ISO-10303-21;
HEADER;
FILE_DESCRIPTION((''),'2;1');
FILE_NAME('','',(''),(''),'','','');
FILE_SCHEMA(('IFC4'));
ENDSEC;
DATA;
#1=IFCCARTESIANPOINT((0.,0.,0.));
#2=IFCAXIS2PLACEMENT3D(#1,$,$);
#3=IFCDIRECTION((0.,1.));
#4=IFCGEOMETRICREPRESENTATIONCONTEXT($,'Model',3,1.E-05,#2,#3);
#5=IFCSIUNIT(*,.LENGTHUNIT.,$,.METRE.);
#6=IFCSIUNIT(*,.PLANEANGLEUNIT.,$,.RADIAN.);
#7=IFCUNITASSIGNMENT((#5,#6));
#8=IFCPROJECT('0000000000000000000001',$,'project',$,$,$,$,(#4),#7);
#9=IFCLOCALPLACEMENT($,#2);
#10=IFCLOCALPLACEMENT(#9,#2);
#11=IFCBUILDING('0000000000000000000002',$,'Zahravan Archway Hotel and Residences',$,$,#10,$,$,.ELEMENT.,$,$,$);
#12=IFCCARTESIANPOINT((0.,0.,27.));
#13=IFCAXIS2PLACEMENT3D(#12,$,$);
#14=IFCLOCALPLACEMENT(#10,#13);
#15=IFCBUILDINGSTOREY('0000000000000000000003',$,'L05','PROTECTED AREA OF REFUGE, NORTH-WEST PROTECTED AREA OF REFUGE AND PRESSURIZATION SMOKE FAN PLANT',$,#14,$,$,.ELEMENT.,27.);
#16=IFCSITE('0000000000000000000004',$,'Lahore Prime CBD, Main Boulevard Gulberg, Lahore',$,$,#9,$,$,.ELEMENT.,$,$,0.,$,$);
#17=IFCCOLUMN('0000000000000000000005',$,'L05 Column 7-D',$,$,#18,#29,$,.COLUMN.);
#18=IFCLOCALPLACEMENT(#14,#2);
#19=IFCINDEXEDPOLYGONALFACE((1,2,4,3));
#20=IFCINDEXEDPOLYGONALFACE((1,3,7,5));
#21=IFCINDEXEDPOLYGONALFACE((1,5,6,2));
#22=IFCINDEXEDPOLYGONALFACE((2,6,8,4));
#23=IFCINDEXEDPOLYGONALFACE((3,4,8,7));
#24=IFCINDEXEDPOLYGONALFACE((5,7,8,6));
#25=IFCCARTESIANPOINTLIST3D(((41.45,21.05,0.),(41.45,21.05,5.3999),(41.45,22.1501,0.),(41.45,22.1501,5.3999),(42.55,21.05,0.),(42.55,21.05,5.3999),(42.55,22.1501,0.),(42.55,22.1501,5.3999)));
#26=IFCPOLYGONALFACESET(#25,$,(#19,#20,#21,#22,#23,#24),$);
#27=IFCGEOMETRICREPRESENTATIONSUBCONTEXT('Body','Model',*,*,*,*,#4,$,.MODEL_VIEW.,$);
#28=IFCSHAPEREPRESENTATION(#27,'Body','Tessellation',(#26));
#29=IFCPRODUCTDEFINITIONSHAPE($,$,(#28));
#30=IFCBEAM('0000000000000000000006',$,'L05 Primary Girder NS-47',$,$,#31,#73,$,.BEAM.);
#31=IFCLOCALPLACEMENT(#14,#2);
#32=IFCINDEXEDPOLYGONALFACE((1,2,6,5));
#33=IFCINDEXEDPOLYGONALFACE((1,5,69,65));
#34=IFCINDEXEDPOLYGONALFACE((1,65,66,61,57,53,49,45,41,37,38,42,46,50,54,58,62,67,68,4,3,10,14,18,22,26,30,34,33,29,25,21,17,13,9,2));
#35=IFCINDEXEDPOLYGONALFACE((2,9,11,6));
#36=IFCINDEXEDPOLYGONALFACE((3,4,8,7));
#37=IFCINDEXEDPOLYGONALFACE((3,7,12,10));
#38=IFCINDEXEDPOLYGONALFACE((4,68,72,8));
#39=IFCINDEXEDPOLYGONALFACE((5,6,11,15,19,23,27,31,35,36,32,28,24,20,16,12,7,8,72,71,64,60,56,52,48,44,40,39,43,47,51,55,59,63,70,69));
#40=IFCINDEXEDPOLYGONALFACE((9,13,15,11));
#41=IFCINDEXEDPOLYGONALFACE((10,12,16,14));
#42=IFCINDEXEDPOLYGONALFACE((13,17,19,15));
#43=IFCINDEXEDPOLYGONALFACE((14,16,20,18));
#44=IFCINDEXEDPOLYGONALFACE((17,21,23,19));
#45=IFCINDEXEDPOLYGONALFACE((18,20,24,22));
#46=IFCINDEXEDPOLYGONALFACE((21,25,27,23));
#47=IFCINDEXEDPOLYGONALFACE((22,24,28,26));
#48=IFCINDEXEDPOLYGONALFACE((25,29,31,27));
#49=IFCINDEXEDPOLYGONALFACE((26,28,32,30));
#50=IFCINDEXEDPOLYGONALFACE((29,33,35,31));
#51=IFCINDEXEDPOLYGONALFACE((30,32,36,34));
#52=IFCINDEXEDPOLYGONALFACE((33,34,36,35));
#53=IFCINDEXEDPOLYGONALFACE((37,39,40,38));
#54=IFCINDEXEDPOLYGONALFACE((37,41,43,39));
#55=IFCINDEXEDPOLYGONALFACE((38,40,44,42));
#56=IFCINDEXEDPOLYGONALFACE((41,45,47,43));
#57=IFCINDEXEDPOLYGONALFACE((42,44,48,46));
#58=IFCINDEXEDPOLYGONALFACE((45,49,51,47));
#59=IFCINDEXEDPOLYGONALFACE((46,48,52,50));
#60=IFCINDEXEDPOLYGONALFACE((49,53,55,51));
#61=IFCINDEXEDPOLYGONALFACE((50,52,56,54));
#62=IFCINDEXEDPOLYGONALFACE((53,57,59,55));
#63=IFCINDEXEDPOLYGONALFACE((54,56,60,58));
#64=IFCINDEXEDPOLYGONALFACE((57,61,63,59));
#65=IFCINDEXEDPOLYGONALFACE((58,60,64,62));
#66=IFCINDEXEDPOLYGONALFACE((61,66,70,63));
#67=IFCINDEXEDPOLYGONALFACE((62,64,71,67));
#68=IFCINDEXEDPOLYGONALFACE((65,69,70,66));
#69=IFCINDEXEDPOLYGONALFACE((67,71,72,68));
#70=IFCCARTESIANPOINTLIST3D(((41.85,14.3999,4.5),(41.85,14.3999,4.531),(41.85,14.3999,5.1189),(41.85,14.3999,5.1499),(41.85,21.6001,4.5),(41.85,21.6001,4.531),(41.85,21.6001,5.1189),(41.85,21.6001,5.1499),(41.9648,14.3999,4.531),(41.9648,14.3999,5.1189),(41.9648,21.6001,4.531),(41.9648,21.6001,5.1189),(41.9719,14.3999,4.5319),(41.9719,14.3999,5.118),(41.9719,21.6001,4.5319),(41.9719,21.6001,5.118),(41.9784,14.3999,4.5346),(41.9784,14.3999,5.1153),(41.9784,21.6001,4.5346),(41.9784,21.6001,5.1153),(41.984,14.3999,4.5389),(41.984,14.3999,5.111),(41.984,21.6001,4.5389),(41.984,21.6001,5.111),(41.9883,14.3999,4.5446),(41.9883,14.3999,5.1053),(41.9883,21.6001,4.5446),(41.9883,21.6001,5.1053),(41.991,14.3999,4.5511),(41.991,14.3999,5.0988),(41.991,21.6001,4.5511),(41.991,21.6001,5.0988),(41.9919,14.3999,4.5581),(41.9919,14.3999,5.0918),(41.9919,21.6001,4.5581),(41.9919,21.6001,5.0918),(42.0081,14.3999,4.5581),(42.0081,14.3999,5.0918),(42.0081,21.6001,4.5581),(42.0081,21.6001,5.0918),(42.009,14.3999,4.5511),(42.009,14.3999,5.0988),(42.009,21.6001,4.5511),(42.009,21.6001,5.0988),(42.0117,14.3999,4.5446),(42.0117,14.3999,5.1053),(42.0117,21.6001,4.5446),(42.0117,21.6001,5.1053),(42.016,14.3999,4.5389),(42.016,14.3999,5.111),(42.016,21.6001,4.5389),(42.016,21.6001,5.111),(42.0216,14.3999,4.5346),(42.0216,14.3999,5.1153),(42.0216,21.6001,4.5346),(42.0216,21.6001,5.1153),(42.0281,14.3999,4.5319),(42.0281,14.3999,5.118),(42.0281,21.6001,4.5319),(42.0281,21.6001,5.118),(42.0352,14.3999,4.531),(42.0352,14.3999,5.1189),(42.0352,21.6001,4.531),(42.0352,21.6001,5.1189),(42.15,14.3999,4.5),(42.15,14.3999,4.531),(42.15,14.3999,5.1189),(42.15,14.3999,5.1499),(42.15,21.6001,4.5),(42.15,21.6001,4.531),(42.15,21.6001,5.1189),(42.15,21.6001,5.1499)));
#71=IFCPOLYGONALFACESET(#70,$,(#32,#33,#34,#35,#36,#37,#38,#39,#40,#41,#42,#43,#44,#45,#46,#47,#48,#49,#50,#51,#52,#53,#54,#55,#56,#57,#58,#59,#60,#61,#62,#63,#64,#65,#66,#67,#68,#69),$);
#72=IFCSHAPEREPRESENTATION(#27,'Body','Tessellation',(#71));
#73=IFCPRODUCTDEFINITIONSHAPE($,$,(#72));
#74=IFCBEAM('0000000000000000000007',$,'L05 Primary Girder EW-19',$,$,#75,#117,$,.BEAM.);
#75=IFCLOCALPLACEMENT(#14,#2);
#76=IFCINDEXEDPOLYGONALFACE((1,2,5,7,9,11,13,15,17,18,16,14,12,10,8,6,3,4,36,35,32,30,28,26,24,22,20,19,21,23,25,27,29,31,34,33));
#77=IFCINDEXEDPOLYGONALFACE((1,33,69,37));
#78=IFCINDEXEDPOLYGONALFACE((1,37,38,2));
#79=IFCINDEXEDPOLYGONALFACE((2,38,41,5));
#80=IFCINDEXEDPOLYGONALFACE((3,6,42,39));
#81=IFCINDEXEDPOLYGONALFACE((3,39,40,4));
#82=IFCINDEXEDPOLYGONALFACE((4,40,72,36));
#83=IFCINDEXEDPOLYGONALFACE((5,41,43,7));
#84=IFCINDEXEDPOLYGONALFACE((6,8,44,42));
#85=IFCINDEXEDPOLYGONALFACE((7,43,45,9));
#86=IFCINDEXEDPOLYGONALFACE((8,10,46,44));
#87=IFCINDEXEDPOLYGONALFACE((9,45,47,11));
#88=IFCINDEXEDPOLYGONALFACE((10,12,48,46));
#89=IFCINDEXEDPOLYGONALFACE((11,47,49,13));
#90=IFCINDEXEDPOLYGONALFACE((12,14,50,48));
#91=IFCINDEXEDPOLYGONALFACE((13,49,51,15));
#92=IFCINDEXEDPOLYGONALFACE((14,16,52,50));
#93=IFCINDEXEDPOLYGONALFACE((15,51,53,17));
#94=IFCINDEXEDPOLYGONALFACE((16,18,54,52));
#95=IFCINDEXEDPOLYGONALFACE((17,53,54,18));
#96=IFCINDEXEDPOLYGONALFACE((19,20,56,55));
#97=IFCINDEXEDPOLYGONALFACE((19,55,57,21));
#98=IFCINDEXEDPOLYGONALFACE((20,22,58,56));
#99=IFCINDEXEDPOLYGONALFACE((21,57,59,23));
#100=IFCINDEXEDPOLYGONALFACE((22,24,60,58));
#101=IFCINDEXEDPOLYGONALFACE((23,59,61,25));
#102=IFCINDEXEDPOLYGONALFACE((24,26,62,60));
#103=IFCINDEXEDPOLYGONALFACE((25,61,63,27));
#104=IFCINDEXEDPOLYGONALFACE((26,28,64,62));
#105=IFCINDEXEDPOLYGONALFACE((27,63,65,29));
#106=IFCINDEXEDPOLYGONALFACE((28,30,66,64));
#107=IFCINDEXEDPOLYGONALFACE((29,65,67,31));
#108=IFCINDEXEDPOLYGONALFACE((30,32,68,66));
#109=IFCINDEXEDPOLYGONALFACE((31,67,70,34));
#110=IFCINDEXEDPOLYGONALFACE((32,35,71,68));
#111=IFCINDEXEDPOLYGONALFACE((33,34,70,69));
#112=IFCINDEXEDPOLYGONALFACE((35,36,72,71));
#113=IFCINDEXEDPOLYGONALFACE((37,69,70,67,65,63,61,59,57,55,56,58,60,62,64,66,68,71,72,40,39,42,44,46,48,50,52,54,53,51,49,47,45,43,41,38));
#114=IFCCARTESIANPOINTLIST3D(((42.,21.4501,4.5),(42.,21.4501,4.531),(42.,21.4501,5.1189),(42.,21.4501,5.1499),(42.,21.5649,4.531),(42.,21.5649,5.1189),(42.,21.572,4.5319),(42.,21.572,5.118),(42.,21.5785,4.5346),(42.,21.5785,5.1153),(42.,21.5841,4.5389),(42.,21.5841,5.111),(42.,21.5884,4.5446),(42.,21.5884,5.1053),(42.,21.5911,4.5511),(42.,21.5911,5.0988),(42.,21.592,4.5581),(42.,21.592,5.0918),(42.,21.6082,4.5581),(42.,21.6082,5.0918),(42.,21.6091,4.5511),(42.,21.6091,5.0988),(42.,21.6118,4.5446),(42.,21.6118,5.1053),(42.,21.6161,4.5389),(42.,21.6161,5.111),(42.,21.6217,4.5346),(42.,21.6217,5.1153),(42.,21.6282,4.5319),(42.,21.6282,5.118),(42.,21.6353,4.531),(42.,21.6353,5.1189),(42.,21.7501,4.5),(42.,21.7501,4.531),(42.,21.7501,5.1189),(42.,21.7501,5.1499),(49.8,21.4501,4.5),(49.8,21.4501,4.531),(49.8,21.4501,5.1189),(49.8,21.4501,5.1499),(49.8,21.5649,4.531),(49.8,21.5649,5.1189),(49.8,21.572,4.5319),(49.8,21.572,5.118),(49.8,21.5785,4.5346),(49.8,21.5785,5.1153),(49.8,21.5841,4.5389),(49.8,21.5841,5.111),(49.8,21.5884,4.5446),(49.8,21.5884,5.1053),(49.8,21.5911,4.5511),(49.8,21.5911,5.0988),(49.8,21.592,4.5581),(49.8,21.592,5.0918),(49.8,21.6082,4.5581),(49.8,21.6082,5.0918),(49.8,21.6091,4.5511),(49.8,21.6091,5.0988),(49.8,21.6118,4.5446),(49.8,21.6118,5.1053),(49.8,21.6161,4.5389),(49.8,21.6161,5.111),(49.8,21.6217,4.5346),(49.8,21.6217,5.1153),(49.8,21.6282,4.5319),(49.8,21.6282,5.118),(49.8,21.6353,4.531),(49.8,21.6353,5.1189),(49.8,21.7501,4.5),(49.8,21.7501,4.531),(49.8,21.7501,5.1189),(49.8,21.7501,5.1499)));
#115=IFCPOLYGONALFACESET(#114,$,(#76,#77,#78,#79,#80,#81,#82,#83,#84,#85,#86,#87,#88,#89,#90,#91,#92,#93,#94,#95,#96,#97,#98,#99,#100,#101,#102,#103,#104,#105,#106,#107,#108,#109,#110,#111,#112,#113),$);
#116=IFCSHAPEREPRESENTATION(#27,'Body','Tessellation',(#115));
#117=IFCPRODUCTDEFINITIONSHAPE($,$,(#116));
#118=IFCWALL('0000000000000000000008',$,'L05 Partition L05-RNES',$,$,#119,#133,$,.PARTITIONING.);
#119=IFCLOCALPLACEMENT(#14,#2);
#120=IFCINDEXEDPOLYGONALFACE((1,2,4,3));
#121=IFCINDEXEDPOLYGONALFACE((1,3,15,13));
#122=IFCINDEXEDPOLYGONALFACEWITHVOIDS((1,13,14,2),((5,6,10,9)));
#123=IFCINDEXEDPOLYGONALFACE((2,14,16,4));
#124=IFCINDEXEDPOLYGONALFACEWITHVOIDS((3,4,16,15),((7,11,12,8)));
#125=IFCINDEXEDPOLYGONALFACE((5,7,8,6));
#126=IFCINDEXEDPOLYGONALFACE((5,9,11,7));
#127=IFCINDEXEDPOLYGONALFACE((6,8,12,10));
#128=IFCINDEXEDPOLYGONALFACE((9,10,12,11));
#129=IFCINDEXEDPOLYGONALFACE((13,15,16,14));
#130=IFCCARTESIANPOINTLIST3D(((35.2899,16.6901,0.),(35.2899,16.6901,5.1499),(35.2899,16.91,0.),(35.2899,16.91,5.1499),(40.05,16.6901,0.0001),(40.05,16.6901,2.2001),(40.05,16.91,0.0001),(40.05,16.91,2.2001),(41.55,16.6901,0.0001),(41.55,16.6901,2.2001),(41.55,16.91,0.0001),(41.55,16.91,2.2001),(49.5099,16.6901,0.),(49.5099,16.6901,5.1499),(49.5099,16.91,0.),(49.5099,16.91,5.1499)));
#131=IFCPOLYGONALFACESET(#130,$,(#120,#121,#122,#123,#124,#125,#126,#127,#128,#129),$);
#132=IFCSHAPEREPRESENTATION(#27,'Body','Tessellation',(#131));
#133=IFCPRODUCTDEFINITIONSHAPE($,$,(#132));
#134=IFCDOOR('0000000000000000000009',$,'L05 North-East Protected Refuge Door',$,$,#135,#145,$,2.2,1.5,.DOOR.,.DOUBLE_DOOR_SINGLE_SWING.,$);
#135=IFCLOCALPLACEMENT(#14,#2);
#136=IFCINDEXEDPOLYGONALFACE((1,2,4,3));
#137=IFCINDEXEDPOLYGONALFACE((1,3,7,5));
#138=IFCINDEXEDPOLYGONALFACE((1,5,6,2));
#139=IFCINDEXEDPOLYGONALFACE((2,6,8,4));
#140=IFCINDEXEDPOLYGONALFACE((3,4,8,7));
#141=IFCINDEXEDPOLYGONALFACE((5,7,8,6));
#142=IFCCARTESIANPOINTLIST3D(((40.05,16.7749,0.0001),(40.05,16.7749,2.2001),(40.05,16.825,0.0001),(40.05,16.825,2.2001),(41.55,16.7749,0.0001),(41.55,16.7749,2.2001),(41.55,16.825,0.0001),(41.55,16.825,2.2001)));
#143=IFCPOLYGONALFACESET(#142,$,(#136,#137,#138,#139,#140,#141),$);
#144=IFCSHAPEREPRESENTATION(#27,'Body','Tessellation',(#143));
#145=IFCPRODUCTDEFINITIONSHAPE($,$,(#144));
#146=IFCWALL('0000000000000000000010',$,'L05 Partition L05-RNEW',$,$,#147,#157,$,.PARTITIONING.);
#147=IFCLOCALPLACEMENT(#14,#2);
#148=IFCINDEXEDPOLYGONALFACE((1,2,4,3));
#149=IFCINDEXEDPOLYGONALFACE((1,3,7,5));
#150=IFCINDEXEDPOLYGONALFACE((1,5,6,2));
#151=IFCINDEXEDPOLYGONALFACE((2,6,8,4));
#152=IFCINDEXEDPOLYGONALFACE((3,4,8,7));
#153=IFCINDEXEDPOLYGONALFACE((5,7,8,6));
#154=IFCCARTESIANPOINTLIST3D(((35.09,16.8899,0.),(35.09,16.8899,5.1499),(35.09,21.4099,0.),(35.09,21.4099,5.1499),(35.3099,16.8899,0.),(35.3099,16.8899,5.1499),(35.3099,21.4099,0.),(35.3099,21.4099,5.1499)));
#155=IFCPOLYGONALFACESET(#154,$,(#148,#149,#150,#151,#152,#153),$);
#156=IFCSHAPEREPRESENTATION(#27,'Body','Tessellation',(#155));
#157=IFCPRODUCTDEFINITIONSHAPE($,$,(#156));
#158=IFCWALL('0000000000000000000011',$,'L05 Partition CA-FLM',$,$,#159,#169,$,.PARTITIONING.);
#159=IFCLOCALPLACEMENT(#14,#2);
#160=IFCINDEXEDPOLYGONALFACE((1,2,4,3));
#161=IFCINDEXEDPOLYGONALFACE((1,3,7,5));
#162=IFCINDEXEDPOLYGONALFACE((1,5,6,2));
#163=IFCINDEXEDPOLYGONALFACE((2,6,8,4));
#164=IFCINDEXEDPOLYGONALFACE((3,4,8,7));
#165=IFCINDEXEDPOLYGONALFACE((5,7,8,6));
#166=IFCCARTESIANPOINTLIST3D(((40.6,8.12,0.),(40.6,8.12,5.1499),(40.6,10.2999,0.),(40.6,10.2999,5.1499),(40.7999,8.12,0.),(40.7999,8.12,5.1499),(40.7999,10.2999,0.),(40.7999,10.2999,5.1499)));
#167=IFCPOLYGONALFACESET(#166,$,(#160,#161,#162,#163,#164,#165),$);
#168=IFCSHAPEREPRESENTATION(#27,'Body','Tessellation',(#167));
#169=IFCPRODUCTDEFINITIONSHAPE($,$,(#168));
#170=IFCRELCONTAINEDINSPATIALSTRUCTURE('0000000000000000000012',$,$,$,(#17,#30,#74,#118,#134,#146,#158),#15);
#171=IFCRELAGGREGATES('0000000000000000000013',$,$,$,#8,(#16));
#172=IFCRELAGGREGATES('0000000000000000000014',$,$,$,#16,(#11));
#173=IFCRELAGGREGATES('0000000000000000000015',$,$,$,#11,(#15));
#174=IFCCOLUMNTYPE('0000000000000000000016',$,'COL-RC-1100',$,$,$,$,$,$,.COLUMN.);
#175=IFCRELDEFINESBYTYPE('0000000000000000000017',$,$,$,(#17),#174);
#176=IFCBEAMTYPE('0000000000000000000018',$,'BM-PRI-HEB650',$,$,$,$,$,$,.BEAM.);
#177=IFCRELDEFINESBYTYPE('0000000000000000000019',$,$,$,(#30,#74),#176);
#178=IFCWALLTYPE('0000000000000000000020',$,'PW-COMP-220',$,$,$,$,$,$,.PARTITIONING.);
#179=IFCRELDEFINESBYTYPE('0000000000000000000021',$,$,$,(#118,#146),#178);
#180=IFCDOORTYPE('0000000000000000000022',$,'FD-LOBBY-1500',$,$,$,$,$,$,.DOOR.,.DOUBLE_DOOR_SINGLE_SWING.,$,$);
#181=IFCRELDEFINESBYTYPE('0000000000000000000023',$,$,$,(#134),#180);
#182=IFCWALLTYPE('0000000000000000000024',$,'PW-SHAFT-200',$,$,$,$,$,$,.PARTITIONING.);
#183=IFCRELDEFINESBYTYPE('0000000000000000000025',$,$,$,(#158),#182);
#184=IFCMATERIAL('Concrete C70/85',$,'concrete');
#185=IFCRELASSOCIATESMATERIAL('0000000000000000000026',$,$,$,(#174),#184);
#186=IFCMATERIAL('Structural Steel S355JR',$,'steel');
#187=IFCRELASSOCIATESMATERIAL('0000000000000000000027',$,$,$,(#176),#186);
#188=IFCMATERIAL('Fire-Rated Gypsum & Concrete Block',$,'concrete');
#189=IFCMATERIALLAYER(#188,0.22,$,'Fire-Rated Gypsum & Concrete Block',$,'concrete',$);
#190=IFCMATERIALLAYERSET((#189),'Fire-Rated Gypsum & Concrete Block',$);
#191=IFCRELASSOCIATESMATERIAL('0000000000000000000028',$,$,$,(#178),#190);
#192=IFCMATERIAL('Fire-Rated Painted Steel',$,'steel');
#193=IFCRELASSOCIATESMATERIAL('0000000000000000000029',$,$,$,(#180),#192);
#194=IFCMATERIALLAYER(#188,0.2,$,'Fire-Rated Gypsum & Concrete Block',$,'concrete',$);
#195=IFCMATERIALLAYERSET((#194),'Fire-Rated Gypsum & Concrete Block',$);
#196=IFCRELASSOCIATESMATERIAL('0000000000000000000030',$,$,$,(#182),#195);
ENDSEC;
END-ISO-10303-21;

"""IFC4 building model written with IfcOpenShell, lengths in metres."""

from ifc_helpers import new_model, si_unit, direction, frame, frame_2d, origin, origin_2d, place, context, subcontext, project, spatial, rectangle, i_section, extrude, source, transform, mapped, material, layer, layer_set, material_profile, profile_set, type_object, type_shapes, element, fill, save


model = new_model("IFC4")

# Units and contexts
model_context = context("Model", 3, precision=1e-05, world=origin(), true_north=direction((0.0, 1.0)))
body_context = subcontext(model_context, "Body", "Model", "MODEL_VIEW")
ifc_project = project(units=[si_unit("LENGTHUNIT", "METRE"), si_unit("PLANEANGLEUNIT", "RADIAN")], contexts=[model_context])

# Site, building, storey
site_placement = place(None, origin())
site = spatial("IfcSite", under=ifc_project, at=site_placement, Name="Lahore Prime CBD, Main Boulevard Gulberg, Lahore", CompositionType="ELEMENT", RefElevation=0.0)
building_placement = place(site_placement, origin())
building = spatial("IfcBuilding", under=site, at=building_placement, Name="Zahravan Archway Hotel and Residences", CompositionType="ELEMENT")
storey_placement = place(building_placement, frame((0.0, 0.0, 27.0)))
storey = spatial("IfcBuildingStorey", under=building, at=storey_placement, Name="L05", Description="PROTECTED AREA OF REFUGE, NORTH-WEST PROTECTED AREA OF REFUGE AND PRESSURIZATION SMOKE FAN PLANT", CompositionType="ELEMENT", Elevation=27.0)

# Column
ifc_material_1 = material(Name="Concrete C70/85", Category="concrete")
ifc_material_profile_1 = material_profile(ifc_material_1, rectangle(XDim=1.1001, YDim=1.1001, at=origin_2d()), Name="RC 1100x1100", Category="concrete")
ifc_profile_set_1 = profile_set([ifc_material_profile_1], Name="Concrete C70/85")
column_type = type_object("IfcColumnType", Name="COL-RC-1100", PredefinedType="COLUMN", material=ifc_profile_set_1)
shared_shape_1 = source(origin(), body_context, "Body", "SweptSolid", [
    extrude(rectangle(XDim=1.1001, YDim=1.1001, at=origin_2d()), origin(), (0.0, 0.0, 1.0), 5.3999),
])
column_placement = place(storey_placement, frame((42.0, 21.6001, 0.0), z_axis=(0.0, 0.0, 1.0), x_axis=(1.0, 0.0, 0.0)))
element("IfcColumn", 1, at=column_placement, inside=storey, type_object=column_type, Name="L05 Column 7-D", PredefinedType="COLUMN", context=body_context, shape_type="MappedRepresentation", body=[
    mapped(shared_shape_1, transform((0.0, 0.0, 0.0), scale=1.0)),
])

# Beams
ifc_material_2 = material(Name="Structural Steel S355JR", Category="steel")
ifc_material_profile_2 = material_profile(ifc_material_2, i_section(OverallWidth=0.3, OverallDepth=0.6499, WebThickness=0.0161, FlangeThickness=0.031, FilletRadius=0.0271, at=origin_2d()), Name="HEB 650", Category="steel")
ifc_profile_set_2 = profile_set([ifc_material_profile_2], Name="Structural Steel S355JR")
beam_type = type_object("IfcBeamType", Name="BM-PRI-HEB650", PredefinedType="BEAM", material=ifc_profile_set_2)
shared_shape_2 = source(origin(), body_context, "Body", "SweptSolid", [
    extrude(i_section(OverallWidth=0.3, OverallDepth=0.6499, WebThickness=0.0161, FlangeThickness=0.031, FilletRadius=0.0271, at=origin_2d()), origin(), (0.0, 0.0, 1.0), 7.2002),
])
type_shapes(beam_type, [shared_shape_2])
beam_1_placement = place(storey_placement, frame((42.0, 14.3999, 4.825), z_axis=(0.0, 1.0, 0.0), x_axis=(-1.0, 0.0, 0.0)))
element("IfcBeam", 2, at=beam_1_placement, inside=storey, type_object=beam_type, Name="L05 Primary Girder NS-47", PredefinedType="BEAM", context=body_context, shape_type="MappedRepresentation", body=[
    mapped(shared_shape_2, transform((0.0, 0.0, 0.0), scale=1.0)),
])
shared_shape_3 = source(origin(), body_context, "Body", "SweptSolid", [
    extrude(i_section(OverallWidth=0.3, OverallDepth=0.6499, WebThickness=0.0161, FlangeThickness=0.031, FilletRadius=0.0271, at=origin_2d()), origin(), (0.0, 0.0, 1.0), 7.8),
])
beam_2_placement = place(storey_placement, frame((42.0, 21.6001, 4.825), z_axis=(1.0, 0.0, 0.0), x_axis=(0.0, 1.0, 0.0)))
element("IfcBeam", 3, at=beam_2_placement, inside=storey, type_object=beam_type, Name="L05 Primary Girder EW-19", PredefinedType="BEAM", context=body_context, shape_type="MappedRepresentation", body=[
    mapped(shared_shape_3, transform((0.0, 0.0, 0.0), scale=1.0)),
])

# Wall, opening, door
ifc_material_3 = material(Name="Fire-Rated Gypsum & Concrete Block", Category="concrete")
ifc_layer_1 = layer(ifc_material_3, 0.22, Name="Fire-Rated Gypsum & Concrete Block", Category="concrete")
ifc_layer_set_1 = layer_set([ifc_layer_1], Name="Fire-Rated Gypsum & Concrete Block")
wall_type_1 = type_object("IfcWallType", Name="PW-COMP-220", PredefinedType="PARTITIONING", material=ifc_layer_set_1)
ifc_material_4 = material(Name="Fire-Rated Painted Steel", Category="steel")
wall_1_placement = place(storey_placement, frame((35.29, 16.8, 0.0), z_axis=(0.0, 0.0, 1.0), x_axis=(1.0, 0.0, 0.0)))
wall_1 = element("IfcWall", 4, at=wall_1_placement, inside=storey, type_object=wall_type_1, Name="L05 Partition L05-RNES", PredefinedType="PARTITIONING", context=body_context, shape_type="SweptSolid", body=[
    extrude(rectangle(XDim=14.22, YDim=0.22, at=frame_2d((7.1099, 0.0))), origin(), (0.0, 0.0, 1.0), 5.1499),
])
opening_1_placement = place(wall_1_placement, frame((4.76, 0.0, 0.0)))
opening_1 = element("IfcOpeningElement", 5, at=opening_1_placement, cuts=wall_1, PredefinedType="OPENING", context=body_context, shape_type="SweptSolid", body=[
    extrude(rectangle(XDim=1.5, YDim=2.2, at=frame_2d((0.75, 1.1001))), frame((0.0, 0.1201, 0.0), z_axis=(0.0, -1.0, 0.0), x_axis=(1.0, 0.0, 0.0)), (0.0, 0.0, 1.0), 0.24),
])
door_type_1 = type_object("IfcDoorType", Name="FD-LOBBY-1500", OperationType="DOUBLE_DOOR_SINGLE_SWING", PredefinedType="DOOR", material=ifc_material_4)
shared_shape_4 = source(origin(), body_context, "Body", "SweptSolid", [
    extrude(rectangle(XDim=1.5, YDim=2.2, at=frame_2d((0.75, 1.1001))), frame((0.0, 0.0249, 0.0), z_axis=(0.0, -1.0, 0.0), x_axis=(1.0, 0.0, 0.0)), (0.0, 0.0, 1.0), 0.05),
])
type_shapes(door_type_1, [shared_shape_4])
door_1_placement = place(opening_1_placement, origin())
door_1 = element("IfcDoor", 6, at=door_1_placement, inside=storey, type_object=door_type_1, Name="L05 North-East Protected Refuge Door", OperationType="DOUBLE_DOOR_SINGLE_SWING", OverallHeight=2.2, OverallWidth=1.5, PredefinedType="DOOR", context=body_context, shape_type="MappedRepresentation", body=[
    mapped(shared_shape_4, transform((0.0, 0.0, 0.0), scale=1.0)),
])
fill(opening_1, door_1)

# Walls
wall_2_placement = place(storey_placement, frame((35.2, 16.8899, 0.0), z_axis=(0.0, 0.0, 1.0), x_axis=(0.0, 1.0, 0.0)))
element("IfcWall", 7, at=wall_2_placement, inside=storey, type_object=wall_type_1, Name="L05 Partition L05-RNEW", PredefinedType="PARTITIONING", context=body_context, shape_type="SweptSolid", body=[
    extrude(rectangle(XDim=4.52, YDim=0.22, at=frame_2d((2.26, 0.0))), origin(), (0.0, 0.0, 1.0), 5.1499),
])
ifc_layer_2 = layer(ifc_material_3, 0.2, Name="Fire-Rated Gypsum & Concrete Block", Category="concrete")
ifc_layer_set_2 = layer_set([ifc_layer_2], Name="Fire-Rated Gypsum & Concrete Block")
wall_type_2 = type_object("IfcWallType", Name="PW-SHAFT-200", PredefinedType="PARTITIONING", material=ifc_layer_set_2)
wall_3_placement = place(storey_placement, frame((40.7, 8.1201, 0.0), z_axis=(0.0, 0.0, 1.0), x_axis=(0.0, 1.0, 0.0)))
element("IfcWall", 8, at=wall_3_placement, inside=storey, type_object=wall_type_2, Name="L05 Partition CA-FLM", PredefinedType="PARTITIONING", context=body_context, shape_type="SweptSolid", body=[
    extrude(rectangle(XDim=2.1799, YDim=0.2, at=frame_2d((1.0898, 0.0))), origin(), (0.0, 0.0, 1.0), 5.1499),
])

save(model, "model.ifc")
